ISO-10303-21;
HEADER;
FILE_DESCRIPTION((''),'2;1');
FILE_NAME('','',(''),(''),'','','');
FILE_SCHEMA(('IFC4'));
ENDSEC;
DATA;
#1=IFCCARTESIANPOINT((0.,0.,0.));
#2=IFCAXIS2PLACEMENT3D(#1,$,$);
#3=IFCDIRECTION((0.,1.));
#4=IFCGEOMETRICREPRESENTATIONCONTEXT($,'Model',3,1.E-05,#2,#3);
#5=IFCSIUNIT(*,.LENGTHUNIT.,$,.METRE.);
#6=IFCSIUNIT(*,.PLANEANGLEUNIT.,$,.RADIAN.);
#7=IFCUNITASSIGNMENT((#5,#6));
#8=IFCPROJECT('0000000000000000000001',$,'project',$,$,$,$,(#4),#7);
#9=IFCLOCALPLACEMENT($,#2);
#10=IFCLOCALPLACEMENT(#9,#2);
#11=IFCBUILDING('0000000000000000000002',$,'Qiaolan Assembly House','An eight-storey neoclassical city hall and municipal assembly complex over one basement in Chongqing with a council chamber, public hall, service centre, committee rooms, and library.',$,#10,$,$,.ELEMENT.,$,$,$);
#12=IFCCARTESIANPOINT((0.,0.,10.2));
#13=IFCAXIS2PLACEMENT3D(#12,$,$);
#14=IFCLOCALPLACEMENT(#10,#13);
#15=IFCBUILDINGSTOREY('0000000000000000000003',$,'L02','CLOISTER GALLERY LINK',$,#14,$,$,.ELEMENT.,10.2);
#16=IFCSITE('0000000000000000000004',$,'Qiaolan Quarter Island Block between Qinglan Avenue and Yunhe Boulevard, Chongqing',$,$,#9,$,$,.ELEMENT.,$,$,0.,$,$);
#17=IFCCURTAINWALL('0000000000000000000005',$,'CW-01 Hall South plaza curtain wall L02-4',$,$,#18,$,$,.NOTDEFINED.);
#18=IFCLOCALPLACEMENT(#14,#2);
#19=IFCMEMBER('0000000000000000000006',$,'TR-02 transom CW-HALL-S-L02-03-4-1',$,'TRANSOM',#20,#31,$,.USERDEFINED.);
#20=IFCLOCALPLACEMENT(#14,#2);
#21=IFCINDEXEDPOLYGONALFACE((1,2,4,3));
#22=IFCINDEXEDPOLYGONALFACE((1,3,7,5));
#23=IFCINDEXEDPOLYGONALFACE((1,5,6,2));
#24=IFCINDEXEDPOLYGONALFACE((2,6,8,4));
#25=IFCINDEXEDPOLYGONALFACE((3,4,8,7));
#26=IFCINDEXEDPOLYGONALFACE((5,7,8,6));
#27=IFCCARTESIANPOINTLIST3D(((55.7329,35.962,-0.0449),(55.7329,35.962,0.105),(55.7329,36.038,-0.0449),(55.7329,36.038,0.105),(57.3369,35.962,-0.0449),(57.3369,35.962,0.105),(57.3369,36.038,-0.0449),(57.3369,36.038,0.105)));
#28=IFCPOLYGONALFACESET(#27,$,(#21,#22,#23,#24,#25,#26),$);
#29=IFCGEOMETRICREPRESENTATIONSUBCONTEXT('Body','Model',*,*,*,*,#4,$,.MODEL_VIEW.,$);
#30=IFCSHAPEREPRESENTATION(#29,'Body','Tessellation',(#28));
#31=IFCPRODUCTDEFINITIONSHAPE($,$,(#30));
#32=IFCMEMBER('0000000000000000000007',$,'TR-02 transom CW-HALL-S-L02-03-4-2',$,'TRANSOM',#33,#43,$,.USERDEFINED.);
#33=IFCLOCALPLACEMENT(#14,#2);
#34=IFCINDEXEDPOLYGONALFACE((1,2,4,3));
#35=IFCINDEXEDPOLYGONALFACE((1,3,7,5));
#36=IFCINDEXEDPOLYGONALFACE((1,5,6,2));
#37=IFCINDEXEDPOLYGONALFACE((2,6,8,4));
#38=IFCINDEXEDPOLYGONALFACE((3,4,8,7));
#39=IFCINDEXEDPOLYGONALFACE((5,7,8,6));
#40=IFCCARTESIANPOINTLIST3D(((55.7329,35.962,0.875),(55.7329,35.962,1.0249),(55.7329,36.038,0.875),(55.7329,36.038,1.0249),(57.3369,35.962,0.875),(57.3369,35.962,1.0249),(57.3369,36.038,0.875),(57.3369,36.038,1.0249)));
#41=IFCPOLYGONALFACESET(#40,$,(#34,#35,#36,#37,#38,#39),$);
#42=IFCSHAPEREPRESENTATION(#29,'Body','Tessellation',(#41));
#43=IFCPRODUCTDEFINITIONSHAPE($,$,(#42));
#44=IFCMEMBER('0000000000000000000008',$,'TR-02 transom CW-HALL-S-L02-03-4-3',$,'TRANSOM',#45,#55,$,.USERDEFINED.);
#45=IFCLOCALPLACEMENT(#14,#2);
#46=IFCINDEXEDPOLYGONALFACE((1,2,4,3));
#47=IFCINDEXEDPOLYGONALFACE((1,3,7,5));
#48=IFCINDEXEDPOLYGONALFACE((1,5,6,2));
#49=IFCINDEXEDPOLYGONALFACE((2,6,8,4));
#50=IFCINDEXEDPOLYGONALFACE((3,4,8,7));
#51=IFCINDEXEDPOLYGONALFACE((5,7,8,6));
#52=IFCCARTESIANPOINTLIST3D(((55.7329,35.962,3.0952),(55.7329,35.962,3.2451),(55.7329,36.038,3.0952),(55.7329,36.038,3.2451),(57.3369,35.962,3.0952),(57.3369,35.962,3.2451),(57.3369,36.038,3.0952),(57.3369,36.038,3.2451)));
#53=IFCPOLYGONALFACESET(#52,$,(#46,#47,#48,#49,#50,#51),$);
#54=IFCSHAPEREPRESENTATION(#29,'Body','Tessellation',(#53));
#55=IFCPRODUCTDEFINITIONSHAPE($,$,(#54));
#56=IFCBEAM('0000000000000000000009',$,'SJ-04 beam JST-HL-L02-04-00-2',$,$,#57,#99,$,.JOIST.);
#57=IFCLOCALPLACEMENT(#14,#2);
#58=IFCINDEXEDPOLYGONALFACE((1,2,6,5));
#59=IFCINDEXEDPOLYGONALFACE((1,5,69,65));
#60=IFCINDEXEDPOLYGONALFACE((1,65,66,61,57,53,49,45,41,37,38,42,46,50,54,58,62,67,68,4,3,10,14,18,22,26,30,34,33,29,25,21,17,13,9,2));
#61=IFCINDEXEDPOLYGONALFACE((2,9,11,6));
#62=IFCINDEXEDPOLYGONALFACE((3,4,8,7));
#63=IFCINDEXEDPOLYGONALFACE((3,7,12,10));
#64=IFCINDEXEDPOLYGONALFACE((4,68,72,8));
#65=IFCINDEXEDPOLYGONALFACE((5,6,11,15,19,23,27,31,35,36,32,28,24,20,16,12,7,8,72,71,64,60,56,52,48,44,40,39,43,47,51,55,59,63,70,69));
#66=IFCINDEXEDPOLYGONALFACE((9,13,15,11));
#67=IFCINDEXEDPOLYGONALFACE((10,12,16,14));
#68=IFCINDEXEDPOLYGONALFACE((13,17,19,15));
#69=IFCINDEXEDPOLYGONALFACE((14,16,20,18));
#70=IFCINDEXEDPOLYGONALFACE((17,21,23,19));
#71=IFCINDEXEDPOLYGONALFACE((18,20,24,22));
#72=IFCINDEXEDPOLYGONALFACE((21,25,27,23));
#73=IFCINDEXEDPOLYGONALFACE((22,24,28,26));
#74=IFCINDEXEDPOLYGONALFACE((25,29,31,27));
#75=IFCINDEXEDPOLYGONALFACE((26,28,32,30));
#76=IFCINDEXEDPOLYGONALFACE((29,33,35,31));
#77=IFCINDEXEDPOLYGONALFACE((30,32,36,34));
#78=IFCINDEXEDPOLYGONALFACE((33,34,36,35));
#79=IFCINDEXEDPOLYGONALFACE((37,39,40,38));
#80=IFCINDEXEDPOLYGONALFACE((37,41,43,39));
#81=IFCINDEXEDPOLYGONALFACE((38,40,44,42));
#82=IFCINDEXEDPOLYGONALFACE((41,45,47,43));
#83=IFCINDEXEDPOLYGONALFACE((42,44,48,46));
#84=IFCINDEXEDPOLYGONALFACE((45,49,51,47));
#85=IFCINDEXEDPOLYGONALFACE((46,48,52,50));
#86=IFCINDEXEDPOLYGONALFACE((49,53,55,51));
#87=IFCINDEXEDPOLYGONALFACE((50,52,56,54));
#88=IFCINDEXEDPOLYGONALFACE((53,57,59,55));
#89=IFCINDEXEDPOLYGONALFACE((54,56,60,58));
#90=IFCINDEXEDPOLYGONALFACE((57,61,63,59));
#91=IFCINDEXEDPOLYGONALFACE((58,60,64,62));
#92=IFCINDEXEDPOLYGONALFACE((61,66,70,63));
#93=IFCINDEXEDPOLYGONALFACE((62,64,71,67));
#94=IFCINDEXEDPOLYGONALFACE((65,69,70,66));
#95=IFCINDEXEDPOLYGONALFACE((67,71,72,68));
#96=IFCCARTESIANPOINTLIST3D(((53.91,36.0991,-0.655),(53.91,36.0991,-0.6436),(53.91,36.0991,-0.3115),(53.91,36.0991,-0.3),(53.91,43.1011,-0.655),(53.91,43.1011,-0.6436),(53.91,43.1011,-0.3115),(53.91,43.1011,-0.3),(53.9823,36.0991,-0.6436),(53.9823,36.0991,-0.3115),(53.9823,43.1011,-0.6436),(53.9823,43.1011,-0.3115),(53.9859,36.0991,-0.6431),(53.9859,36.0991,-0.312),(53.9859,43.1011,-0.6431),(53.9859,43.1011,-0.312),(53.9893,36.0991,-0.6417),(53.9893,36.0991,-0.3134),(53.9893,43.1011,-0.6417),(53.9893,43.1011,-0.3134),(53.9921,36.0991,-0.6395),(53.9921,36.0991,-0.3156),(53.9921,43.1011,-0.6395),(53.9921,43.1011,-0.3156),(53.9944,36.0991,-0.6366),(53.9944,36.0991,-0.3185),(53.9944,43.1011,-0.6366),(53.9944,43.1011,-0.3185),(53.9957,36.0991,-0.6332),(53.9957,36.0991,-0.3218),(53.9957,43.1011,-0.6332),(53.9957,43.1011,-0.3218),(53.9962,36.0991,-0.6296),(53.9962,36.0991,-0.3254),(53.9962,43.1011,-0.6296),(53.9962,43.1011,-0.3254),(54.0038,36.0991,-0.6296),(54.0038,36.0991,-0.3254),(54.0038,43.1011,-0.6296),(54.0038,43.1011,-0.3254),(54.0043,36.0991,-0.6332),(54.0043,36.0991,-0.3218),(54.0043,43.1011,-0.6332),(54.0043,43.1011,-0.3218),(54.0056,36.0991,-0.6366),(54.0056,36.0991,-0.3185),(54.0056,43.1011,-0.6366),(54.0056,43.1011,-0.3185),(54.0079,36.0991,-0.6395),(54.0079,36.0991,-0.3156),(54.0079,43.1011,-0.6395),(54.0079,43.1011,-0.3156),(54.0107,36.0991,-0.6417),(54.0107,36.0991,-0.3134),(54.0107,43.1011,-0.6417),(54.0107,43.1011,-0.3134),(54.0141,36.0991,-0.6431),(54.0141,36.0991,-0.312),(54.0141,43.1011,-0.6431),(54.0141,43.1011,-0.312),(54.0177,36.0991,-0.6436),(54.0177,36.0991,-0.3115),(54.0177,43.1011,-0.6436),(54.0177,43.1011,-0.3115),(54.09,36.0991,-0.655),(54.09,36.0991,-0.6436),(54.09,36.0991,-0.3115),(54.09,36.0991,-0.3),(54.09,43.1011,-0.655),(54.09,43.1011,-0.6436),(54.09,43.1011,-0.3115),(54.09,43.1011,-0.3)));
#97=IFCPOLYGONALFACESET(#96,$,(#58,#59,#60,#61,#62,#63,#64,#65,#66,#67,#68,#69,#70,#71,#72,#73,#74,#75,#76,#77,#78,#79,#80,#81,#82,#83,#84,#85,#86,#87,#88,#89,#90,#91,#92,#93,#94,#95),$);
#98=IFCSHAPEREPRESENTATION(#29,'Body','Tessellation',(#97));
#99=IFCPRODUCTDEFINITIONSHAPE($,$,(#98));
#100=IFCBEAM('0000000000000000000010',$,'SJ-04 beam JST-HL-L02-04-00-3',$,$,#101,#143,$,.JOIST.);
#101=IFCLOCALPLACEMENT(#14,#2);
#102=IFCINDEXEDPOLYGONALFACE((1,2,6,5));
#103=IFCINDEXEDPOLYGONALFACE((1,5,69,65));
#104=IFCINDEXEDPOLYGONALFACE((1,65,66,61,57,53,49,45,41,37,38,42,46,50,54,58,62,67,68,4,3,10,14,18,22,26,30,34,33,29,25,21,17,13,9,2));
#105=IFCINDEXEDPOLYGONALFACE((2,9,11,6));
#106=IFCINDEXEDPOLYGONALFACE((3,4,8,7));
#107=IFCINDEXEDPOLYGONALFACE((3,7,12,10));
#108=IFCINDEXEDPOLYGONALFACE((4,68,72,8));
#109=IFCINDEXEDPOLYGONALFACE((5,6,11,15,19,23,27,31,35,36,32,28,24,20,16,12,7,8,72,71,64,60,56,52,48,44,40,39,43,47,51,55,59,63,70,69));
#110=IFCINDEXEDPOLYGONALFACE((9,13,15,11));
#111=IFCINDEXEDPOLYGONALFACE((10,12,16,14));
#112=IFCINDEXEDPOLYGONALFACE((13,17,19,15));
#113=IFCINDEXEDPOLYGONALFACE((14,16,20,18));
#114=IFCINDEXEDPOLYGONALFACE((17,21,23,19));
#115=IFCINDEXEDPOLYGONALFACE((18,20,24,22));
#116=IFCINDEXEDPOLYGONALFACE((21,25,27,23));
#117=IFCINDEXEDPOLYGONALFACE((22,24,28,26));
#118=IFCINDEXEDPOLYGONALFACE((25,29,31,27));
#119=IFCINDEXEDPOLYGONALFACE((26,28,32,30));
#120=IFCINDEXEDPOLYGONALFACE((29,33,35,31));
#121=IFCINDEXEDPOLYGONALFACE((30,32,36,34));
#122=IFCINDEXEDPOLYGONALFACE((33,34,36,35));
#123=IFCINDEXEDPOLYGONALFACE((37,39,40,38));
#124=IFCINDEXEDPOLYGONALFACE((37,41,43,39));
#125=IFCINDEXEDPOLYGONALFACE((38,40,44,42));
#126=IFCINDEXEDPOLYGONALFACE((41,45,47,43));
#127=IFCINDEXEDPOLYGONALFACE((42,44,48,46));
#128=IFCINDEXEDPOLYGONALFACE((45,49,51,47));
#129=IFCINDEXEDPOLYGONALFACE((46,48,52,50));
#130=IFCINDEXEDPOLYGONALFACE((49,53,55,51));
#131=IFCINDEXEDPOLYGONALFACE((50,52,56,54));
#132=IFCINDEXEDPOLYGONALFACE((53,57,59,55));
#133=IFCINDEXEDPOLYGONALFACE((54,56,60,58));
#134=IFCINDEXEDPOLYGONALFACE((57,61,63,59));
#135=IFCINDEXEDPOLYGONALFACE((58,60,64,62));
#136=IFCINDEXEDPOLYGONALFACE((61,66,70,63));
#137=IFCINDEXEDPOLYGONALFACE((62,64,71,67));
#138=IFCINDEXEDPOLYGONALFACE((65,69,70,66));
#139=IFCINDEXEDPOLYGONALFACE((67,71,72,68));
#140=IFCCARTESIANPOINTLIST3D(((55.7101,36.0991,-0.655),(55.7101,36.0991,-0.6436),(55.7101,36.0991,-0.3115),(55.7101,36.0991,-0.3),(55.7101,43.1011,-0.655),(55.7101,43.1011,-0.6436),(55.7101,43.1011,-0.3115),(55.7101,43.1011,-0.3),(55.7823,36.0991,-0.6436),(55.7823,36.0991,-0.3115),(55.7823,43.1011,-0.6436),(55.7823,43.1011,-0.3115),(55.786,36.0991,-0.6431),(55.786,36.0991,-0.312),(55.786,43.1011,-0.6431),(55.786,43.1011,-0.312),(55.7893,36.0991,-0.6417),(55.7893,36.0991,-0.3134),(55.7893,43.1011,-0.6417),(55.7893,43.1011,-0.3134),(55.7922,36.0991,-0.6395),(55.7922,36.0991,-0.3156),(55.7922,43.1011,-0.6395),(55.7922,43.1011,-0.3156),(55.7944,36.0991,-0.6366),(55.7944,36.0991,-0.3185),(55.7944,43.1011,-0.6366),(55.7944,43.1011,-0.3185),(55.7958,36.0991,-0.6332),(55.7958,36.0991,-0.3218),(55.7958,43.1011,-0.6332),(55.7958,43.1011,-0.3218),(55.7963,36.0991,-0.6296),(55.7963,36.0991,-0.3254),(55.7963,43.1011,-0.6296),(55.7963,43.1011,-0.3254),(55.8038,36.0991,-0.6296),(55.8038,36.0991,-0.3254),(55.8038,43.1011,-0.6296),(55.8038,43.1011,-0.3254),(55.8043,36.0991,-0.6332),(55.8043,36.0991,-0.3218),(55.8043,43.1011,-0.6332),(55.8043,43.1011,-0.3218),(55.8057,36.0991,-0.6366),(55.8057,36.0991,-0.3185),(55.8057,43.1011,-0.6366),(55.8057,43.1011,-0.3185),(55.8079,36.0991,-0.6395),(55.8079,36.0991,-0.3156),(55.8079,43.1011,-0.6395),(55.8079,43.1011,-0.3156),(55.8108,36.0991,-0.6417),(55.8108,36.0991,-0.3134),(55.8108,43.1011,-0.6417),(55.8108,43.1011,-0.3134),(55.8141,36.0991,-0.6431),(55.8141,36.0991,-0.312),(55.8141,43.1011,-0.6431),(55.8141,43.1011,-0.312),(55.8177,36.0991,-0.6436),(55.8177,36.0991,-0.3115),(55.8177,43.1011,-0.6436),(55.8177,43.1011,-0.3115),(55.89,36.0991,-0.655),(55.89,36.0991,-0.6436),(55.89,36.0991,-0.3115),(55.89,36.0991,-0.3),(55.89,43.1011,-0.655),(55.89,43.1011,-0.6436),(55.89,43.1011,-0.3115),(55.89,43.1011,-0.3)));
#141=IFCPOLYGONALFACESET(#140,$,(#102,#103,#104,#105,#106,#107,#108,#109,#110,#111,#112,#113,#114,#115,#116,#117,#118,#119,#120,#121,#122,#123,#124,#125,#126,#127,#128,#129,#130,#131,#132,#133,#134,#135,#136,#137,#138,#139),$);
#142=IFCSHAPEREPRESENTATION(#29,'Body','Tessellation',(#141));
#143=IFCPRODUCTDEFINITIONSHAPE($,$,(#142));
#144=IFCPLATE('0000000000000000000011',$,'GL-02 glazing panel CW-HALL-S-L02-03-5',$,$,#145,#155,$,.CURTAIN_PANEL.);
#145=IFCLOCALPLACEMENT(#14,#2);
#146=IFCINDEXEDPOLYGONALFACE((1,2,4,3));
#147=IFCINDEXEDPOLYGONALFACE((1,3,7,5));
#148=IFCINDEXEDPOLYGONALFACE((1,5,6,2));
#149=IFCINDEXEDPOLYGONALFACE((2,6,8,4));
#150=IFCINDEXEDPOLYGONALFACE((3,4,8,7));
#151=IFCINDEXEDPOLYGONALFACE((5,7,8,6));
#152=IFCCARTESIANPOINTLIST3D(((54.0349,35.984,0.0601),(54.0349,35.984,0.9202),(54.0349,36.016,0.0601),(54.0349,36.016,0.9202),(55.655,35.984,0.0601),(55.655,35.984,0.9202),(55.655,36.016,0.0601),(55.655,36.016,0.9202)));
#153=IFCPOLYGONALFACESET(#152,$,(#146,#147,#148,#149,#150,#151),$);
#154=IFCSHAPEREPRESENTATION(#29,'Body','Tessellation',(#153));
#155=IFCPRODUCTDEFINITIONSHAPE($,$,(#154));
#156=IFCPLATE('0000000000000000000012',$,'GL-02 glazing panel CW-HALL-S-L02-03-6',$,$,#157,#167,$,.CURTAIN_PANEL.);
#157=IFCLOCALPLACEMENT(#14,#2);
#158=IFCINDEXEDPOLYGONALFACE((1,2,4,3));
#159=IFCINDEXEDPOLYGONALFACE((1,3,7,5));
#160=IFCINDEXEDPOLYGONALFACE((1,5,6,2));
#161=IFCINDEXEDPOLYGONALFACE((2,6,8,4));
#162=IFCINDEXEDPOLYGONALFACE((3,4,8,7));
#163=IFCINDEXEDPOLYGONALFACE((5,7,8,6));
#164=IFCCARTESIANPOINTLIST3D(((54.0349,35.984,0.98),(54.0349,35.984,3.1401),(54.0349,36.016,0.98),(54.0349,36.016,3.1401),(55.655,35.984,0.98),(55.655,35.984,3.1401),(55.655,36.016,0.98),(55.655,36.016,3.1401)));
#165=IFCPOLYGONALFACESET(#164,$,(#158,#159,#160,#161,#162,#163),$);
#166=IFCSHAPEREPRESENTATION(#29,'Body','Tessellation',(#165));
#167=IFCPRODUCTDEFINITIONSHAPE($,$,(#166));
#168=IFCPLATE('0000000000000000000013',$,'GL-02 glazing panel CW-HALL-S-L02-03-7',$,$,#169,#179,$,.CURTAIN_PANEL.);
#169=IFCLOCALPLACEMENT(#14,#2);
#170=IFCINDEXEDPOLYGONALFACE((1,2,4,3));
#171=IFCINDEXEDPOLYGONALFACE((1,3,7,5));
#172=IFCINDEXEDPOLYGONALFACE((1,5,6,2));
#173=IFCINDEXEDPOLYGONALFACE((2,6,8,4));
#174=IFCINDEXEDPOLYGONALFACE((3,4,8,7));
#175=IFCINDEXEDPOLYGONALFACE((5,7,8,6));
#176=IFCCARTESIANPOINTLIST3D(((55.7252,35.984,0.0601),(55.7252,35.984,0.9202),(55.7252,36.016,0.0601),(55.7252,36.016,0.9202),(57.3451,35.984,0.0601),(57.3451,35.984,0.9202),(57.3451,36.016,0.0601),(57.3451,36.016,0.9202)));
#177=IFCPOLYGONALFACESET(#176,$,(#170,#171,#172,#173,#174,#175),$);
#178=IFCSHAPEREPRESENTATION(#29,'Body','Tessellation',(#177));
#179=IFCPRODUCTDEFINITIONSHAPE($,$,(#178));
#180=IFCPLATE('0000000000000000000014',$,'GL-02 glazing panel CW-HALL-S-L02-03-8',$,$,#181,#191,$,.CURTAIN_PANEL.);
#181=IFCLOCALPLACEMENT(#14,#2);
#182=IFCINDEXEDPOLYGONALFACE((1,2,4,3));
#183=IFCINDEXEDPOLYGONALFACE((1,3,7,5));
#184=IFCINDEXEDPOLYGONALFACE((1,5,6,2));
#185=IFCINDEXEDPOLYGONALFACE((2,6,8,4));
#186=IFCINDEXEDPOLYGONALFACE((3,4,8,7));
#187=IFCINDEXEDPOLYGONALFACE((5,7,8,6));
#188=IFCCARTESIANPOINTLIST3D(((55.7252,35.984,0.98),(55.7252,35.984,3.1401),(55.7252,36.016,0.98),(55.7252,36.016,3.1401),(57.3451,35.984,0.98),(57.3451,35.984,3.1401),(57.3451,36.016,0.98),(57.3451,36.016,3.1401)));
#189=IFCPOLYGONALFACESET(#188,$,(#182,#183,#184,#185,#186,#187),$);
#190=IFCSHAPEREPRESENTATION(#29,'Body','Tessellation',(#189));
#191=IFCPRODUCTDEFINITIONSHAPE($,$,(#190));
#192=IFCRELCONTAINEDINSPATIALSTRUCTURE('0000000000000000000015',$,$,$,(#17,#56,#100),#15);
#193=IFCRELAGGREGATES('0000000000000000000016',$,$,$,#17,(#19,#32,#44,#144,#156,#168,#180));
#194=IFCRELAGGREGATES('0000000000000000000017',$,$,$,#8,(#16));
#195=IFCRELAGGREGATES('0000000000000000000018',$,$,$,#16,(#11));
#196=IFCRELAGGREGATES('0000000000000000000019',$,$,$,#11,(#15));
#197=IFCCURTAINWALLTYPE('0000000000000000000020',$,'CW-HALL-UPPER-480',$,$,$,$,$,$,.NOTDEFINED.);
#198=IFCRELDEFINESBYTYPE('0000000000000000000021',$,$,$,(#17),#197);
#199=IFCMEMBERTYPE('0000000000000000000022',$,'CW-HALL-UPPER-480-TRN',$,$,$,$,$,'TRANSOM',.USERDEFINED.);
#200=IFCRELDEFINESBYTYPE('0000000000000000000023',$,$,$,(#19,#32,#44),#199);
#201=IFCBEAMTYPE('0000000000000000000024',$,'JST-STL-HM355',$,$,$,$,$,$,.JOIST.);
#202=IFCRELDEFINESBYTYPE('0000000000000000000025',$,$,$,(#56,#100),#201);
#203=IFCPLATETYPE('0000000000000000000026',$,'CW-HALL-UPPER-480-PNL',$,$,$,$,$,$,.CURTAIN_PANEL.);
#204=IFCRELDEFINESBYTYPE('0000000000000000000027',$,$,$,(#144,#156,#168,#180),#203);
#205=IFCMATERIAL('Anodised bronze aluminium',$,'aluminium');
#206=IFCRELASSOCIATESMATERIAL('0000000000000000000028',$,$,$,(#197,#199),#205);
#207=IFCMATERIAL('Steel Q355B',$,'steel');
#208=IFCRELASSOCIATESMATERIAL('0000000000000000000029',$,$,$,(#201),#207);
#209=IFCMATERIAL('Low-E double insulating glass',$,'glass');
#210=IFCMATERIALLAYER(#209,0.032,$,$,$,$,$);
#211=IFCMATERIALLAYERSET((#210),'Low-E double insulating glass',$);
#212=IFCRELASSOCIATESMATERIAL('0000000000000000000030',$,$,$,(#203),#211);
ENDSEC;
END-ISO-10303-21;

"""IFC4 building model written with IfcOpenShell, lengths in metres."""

from ifc_helpers import new_model, si_unit, direction, frame, frame_2d, origin, origin_2d, place, context, subcontext, project, spatial, rectangle, i_section, extrude, material, layer, layer_set, material_profile, profile_set, type_object, element, aggregate, save


model = new_model("IFC4")

# Units and contexts
model_context = context("Model", 3, precision=1e-05, world=origin(), true_north=direction((0.0, 1.0)))
body_context = subcontext(model_context, "Body", "Model", "MODEL_VIEW")
ifc_project = project(units=[si_unit("LENGTHUNIT", "METRE"), si_unit("PLANEANGLEUNIT", "RADIAN")], contexts=[model_context])

# Site, building, storey
site_placement = place(None, origin())
site = spatial("IfcSite", under=ifc_project, at=site_placement, Name="Qiaolan Quarter Island Block between Qinglan Avenue and Yunhe Boulevard, Chongqing", CompositionType="ELEMENT", RefElevation=0.0)
building_placement = place(site_placement, origin())
building = spatial("IfcBuilding", under=site, at=building_placement, Name="Qiaolan Assembly House", Description="An eight-storey neoclassical city hall and municipal assembly complex over one basement in Chongqing with a council chamber, public hall, service centre, committee rooms, and library.", CompositionType="ELEMENT")
storey_placement = place(building_placement, frame((0.0, 0.0, 10.2)))
storey = spatial("IfcBuildingStorey", under=building, at=storey_placement, Name="L02", Description="CLOISTER GALLERY LINK", CompositionType="ELEMENT", Elevation=10.2)

# Shared definitions
ifc_material_1 = material(Name="Steel Q355B", Category="steel")

# Curtain wall, members
ifc_material_2 = material(Name="Anodised bronze aluminium", Category="aluminium")
curtain_wall_type = type_object("IfcCurtainWallType", Name="CW-HALL-UPPER-480", PredefinedType="NOTDEFINED", material=ifc_material_2)
curtain_wall_placement = place(storey_placement, origin())
curtain_wall = element("IfcCurtainWall", 1, at=curtain_wall_placement, inside=storey, type_object=curtain_wall_type, Name="CW-01 Hall South plaza curtain wall L02-4", PredefinedType="NOTDEFINED")
ifc_material_profile_1 = material_profile(ifc_material_2, rectangle(XDim=0.0759, YDim=0.1499, at=origin_2d()), Name="TRN 76x150")
ifc_profile_set_1 = profile_set([ifc_material_profile_1], Name="Anodised bronze aluminium")
member_type_1 = type_object("IfcMemberType", Name="CW-HALL-UPPER-480-TRN", ElementType="TRANSOM", PredefinedType="USERDEFINED", material=ifc_profile_set_1)
member_1_placement = place(storey_placement, frame((55.7329, 36.0, 0.03), z_axis=(1.0, 0.0, 0.0), x_axis=(0.0, 1.0, 0.0)))
member_1 = element("IfcMember", 2, at=member_1_placement, type_object=member_type_1, Name="TR-02 transom CW-HALL-S-L02-03-4-1", ObjectType="TRANSOM", PredefinedType="USERDEFINED", context=body_context, shape_type="SweptSolid", body=[
    extrude(rectangle(XDim=0.0759, YDim=0.1499, at=origin_2d()), origin(), (0.0, 0.0, 1.0), 1.604),
])
member_2_placement = place(storey_placement, frame((55.7329, 36.0, 0.95), z_axis=(1.0, 0.0, 0.0), x_axis=(0.0, 1.0, 0.0)))
member_2 = element("IfcMember", 3, at=member_2_placement, type_object=member_type_1, Name="TR-02 transom CW-HALL-S-L02-03-4-2", ObjectType="TRANSOM", PredefinedType="USERDEFINED", context=body_context, shape_type="SweptSolid", body=[
    extrude(rectangle(XDim=0.0759, YDim=0.1499, at=origin_2d()), origin(), (0.0, 0.0, 1.0), 1.604),
])
member_3_placement = place(storey_placement, frame((55.7329, 36.0, 3.1702), z_axis=(1.0, 0.0, 0.0), x_axis=(0.0, 1.0, 0.0)))
member_3 = element("IfcMember", 4, at=member_3_placement, type_object=member_type_1, Name="TR-02 transom CW-HALL-S-L02-03-4-3", ObjectType="TRANSOM", PredefinedType="USERDEFINED", context=body_context, shape_type="SweptSolid", body=[
    extrude(rectangle(XDim=0.0759, YDim=0.1499, at=origin_2d()), origin(), (0.0, 0.0, 1.0), 1.604),
])

# Beams
ifc_material_profile_2 = material_profile(ifc_material_1, i_section(OverallWidth=0.1799, OverallDepth=0.355, WebThickness=0.0076, FlangeThickness=0.0115, FilletRadius=0.0139, at=origin_2d()), Name="HM 355x180x7.5x11.5")
ifc_profile_set_2 = profile_set([ifc_material_profile_2], Name="Steel Q355B")
beam_type_1 = type_object("IfcBeamType", Name="JST-STL-HM355", PredefinedType="JOIST", material=ifc_profile_set_2)
for number, where, z_axis, x_axis, name in (
    (5, (54.0, 36.0991, -0.4775), (0.0, 1.0, 0.0), (-1.0, 0.0, 0.0), "SJ-04 beam JST-HL-L02-04-00-2"),
    (6, (55.8, 36.0991, -0.4775), (0.0, 1.0, 0.0), (-1.0, 0.0, 0.0), "SJ-04 beam JST-HL-L02-04-00-3"),
):
    element("IfcBeam", number, at=place(storey_placement, frame(where, z_axis=z_axis, x_axis=x_axis)), inside=storey, type_object=beam_type_1, Name=name, PredefinedType="JOIST", context=body_context, shape_type="SweptSolid", body=[
        extrude(i_section(OverallWidth=0.1799, OverallDepth=0.355, WebThickness=0.0076, FlangeThickness=0.0115, FilletRadius=0.0139, at=origin_2d()), origin(), (0.0, 0.0, 1.0), 7.002),
    ])

# Plates
ifc_material_3 = material(Name="Low-E double insulating glass", Category="glass")
ifc_layer_1 = layer(ifc_material_3, 0.032)
ifc_layer_set_1 = layer_set([ifc_layer_1], Name="Low-E double insulating glass")
plate_type_1 = type_object("IfcPlateType", Name="CW-HALL-UPPER-480-PNL", PredefinedType="CURTAIN_PANEL", material=ifc_layer_set_1)
plate_1_placement = place(storey_placement, frame((54.0349, 36.0, 0.0601), z_axis=(0.0, 0.0, 1.0), x_axis=(1.0, 0.0, 0.0)))
plate_1 = element("IfcPlate", 7, at=plate_1_placement, type_object=plate_type_1, Name="GL-02 glazing panel CW-HALL-S-L02-03-5", PredefinedType="CURTAIN_PANEL", context=body_context, shape_type="SweptSolid", body=[
    extrude(rectangle(XDim=1.6201, YDim=0.032, at=frame_2d((0.8101, 0.0))), origin(), (0.0, 0.0, 1.0), 0.8601),
])
plate_2_placement = place(storey_placement, frame((54.0349, 36.0, 0.98), z_axis=(0.0, 0.0, 1.0), x_axis=(1.0, 0.0, 0.0)))
plate_2 = element("IfcPlate", 8, at=plate_2_placement, type_object=plate_type_1, Name="GL-02 glazing panel CW-HALL-S-L02-03-6", PredefinedType="CURTAIN_PANEL", context=body_context, shape_type="SweptSolid", body=[
    extrude(rectangle(XDim=1.6201, YDim=0.032, at=frame_2d((0.8101, 0.0))), origin(), (0.0, 0.0, 1.0), 2.1602),
])
plate_3_placement = place(storey_placement, frame((55.7251, 36.0, 0.0601), z_axis=(0.0, 0.0, 1.0), x_axis=(1.0, 0.0, 0.0)))
plate_3 = element("IfcPlate", 9, at=plate_3_placement, type_object=plate_type_1, Name="GL-02 glazing panel CW-HALL-S-L02-03-7", PredefinedType="CURTAIN_PANEL", context=body_context, shape_type="SweptSolid", body=[
    extrude(rectangle(XDim=1.6199, YDim=0.032, at=frame_2d((0.8101, 0.0))), origin(), (0.0, 0.0, 1.0), 0.8601),
])
plate_4_placement = place(storey_placement, frame((55.7251, 36.0, 0.98), z_axis=(0.0, 0.0, 1.0), x_axis=(1.0, 0.0, 0.0)))
plate_4 = element("IfcPlate", 10, at=plate_4_placement, type_object=plate_type_1, Name="GL-02 glazing panel CW-HALL-S-L02-03-8", PredefinedType="CURTAIN_PANEL", context=body_context, shape_type="SweptSolid", body=[
    extrude(rectangle(XDim=1.6199, YDim=0.032, at=frame_2d((0.8101, 0.0))), origin(), (0.0, 0.0, 1.0), 2.1602),
])
aggregate(curtain_wall, [member_1, member_2, member_3, plate_1, plate_2, plate_3, plate_4])

save(model, "model.ifc")
